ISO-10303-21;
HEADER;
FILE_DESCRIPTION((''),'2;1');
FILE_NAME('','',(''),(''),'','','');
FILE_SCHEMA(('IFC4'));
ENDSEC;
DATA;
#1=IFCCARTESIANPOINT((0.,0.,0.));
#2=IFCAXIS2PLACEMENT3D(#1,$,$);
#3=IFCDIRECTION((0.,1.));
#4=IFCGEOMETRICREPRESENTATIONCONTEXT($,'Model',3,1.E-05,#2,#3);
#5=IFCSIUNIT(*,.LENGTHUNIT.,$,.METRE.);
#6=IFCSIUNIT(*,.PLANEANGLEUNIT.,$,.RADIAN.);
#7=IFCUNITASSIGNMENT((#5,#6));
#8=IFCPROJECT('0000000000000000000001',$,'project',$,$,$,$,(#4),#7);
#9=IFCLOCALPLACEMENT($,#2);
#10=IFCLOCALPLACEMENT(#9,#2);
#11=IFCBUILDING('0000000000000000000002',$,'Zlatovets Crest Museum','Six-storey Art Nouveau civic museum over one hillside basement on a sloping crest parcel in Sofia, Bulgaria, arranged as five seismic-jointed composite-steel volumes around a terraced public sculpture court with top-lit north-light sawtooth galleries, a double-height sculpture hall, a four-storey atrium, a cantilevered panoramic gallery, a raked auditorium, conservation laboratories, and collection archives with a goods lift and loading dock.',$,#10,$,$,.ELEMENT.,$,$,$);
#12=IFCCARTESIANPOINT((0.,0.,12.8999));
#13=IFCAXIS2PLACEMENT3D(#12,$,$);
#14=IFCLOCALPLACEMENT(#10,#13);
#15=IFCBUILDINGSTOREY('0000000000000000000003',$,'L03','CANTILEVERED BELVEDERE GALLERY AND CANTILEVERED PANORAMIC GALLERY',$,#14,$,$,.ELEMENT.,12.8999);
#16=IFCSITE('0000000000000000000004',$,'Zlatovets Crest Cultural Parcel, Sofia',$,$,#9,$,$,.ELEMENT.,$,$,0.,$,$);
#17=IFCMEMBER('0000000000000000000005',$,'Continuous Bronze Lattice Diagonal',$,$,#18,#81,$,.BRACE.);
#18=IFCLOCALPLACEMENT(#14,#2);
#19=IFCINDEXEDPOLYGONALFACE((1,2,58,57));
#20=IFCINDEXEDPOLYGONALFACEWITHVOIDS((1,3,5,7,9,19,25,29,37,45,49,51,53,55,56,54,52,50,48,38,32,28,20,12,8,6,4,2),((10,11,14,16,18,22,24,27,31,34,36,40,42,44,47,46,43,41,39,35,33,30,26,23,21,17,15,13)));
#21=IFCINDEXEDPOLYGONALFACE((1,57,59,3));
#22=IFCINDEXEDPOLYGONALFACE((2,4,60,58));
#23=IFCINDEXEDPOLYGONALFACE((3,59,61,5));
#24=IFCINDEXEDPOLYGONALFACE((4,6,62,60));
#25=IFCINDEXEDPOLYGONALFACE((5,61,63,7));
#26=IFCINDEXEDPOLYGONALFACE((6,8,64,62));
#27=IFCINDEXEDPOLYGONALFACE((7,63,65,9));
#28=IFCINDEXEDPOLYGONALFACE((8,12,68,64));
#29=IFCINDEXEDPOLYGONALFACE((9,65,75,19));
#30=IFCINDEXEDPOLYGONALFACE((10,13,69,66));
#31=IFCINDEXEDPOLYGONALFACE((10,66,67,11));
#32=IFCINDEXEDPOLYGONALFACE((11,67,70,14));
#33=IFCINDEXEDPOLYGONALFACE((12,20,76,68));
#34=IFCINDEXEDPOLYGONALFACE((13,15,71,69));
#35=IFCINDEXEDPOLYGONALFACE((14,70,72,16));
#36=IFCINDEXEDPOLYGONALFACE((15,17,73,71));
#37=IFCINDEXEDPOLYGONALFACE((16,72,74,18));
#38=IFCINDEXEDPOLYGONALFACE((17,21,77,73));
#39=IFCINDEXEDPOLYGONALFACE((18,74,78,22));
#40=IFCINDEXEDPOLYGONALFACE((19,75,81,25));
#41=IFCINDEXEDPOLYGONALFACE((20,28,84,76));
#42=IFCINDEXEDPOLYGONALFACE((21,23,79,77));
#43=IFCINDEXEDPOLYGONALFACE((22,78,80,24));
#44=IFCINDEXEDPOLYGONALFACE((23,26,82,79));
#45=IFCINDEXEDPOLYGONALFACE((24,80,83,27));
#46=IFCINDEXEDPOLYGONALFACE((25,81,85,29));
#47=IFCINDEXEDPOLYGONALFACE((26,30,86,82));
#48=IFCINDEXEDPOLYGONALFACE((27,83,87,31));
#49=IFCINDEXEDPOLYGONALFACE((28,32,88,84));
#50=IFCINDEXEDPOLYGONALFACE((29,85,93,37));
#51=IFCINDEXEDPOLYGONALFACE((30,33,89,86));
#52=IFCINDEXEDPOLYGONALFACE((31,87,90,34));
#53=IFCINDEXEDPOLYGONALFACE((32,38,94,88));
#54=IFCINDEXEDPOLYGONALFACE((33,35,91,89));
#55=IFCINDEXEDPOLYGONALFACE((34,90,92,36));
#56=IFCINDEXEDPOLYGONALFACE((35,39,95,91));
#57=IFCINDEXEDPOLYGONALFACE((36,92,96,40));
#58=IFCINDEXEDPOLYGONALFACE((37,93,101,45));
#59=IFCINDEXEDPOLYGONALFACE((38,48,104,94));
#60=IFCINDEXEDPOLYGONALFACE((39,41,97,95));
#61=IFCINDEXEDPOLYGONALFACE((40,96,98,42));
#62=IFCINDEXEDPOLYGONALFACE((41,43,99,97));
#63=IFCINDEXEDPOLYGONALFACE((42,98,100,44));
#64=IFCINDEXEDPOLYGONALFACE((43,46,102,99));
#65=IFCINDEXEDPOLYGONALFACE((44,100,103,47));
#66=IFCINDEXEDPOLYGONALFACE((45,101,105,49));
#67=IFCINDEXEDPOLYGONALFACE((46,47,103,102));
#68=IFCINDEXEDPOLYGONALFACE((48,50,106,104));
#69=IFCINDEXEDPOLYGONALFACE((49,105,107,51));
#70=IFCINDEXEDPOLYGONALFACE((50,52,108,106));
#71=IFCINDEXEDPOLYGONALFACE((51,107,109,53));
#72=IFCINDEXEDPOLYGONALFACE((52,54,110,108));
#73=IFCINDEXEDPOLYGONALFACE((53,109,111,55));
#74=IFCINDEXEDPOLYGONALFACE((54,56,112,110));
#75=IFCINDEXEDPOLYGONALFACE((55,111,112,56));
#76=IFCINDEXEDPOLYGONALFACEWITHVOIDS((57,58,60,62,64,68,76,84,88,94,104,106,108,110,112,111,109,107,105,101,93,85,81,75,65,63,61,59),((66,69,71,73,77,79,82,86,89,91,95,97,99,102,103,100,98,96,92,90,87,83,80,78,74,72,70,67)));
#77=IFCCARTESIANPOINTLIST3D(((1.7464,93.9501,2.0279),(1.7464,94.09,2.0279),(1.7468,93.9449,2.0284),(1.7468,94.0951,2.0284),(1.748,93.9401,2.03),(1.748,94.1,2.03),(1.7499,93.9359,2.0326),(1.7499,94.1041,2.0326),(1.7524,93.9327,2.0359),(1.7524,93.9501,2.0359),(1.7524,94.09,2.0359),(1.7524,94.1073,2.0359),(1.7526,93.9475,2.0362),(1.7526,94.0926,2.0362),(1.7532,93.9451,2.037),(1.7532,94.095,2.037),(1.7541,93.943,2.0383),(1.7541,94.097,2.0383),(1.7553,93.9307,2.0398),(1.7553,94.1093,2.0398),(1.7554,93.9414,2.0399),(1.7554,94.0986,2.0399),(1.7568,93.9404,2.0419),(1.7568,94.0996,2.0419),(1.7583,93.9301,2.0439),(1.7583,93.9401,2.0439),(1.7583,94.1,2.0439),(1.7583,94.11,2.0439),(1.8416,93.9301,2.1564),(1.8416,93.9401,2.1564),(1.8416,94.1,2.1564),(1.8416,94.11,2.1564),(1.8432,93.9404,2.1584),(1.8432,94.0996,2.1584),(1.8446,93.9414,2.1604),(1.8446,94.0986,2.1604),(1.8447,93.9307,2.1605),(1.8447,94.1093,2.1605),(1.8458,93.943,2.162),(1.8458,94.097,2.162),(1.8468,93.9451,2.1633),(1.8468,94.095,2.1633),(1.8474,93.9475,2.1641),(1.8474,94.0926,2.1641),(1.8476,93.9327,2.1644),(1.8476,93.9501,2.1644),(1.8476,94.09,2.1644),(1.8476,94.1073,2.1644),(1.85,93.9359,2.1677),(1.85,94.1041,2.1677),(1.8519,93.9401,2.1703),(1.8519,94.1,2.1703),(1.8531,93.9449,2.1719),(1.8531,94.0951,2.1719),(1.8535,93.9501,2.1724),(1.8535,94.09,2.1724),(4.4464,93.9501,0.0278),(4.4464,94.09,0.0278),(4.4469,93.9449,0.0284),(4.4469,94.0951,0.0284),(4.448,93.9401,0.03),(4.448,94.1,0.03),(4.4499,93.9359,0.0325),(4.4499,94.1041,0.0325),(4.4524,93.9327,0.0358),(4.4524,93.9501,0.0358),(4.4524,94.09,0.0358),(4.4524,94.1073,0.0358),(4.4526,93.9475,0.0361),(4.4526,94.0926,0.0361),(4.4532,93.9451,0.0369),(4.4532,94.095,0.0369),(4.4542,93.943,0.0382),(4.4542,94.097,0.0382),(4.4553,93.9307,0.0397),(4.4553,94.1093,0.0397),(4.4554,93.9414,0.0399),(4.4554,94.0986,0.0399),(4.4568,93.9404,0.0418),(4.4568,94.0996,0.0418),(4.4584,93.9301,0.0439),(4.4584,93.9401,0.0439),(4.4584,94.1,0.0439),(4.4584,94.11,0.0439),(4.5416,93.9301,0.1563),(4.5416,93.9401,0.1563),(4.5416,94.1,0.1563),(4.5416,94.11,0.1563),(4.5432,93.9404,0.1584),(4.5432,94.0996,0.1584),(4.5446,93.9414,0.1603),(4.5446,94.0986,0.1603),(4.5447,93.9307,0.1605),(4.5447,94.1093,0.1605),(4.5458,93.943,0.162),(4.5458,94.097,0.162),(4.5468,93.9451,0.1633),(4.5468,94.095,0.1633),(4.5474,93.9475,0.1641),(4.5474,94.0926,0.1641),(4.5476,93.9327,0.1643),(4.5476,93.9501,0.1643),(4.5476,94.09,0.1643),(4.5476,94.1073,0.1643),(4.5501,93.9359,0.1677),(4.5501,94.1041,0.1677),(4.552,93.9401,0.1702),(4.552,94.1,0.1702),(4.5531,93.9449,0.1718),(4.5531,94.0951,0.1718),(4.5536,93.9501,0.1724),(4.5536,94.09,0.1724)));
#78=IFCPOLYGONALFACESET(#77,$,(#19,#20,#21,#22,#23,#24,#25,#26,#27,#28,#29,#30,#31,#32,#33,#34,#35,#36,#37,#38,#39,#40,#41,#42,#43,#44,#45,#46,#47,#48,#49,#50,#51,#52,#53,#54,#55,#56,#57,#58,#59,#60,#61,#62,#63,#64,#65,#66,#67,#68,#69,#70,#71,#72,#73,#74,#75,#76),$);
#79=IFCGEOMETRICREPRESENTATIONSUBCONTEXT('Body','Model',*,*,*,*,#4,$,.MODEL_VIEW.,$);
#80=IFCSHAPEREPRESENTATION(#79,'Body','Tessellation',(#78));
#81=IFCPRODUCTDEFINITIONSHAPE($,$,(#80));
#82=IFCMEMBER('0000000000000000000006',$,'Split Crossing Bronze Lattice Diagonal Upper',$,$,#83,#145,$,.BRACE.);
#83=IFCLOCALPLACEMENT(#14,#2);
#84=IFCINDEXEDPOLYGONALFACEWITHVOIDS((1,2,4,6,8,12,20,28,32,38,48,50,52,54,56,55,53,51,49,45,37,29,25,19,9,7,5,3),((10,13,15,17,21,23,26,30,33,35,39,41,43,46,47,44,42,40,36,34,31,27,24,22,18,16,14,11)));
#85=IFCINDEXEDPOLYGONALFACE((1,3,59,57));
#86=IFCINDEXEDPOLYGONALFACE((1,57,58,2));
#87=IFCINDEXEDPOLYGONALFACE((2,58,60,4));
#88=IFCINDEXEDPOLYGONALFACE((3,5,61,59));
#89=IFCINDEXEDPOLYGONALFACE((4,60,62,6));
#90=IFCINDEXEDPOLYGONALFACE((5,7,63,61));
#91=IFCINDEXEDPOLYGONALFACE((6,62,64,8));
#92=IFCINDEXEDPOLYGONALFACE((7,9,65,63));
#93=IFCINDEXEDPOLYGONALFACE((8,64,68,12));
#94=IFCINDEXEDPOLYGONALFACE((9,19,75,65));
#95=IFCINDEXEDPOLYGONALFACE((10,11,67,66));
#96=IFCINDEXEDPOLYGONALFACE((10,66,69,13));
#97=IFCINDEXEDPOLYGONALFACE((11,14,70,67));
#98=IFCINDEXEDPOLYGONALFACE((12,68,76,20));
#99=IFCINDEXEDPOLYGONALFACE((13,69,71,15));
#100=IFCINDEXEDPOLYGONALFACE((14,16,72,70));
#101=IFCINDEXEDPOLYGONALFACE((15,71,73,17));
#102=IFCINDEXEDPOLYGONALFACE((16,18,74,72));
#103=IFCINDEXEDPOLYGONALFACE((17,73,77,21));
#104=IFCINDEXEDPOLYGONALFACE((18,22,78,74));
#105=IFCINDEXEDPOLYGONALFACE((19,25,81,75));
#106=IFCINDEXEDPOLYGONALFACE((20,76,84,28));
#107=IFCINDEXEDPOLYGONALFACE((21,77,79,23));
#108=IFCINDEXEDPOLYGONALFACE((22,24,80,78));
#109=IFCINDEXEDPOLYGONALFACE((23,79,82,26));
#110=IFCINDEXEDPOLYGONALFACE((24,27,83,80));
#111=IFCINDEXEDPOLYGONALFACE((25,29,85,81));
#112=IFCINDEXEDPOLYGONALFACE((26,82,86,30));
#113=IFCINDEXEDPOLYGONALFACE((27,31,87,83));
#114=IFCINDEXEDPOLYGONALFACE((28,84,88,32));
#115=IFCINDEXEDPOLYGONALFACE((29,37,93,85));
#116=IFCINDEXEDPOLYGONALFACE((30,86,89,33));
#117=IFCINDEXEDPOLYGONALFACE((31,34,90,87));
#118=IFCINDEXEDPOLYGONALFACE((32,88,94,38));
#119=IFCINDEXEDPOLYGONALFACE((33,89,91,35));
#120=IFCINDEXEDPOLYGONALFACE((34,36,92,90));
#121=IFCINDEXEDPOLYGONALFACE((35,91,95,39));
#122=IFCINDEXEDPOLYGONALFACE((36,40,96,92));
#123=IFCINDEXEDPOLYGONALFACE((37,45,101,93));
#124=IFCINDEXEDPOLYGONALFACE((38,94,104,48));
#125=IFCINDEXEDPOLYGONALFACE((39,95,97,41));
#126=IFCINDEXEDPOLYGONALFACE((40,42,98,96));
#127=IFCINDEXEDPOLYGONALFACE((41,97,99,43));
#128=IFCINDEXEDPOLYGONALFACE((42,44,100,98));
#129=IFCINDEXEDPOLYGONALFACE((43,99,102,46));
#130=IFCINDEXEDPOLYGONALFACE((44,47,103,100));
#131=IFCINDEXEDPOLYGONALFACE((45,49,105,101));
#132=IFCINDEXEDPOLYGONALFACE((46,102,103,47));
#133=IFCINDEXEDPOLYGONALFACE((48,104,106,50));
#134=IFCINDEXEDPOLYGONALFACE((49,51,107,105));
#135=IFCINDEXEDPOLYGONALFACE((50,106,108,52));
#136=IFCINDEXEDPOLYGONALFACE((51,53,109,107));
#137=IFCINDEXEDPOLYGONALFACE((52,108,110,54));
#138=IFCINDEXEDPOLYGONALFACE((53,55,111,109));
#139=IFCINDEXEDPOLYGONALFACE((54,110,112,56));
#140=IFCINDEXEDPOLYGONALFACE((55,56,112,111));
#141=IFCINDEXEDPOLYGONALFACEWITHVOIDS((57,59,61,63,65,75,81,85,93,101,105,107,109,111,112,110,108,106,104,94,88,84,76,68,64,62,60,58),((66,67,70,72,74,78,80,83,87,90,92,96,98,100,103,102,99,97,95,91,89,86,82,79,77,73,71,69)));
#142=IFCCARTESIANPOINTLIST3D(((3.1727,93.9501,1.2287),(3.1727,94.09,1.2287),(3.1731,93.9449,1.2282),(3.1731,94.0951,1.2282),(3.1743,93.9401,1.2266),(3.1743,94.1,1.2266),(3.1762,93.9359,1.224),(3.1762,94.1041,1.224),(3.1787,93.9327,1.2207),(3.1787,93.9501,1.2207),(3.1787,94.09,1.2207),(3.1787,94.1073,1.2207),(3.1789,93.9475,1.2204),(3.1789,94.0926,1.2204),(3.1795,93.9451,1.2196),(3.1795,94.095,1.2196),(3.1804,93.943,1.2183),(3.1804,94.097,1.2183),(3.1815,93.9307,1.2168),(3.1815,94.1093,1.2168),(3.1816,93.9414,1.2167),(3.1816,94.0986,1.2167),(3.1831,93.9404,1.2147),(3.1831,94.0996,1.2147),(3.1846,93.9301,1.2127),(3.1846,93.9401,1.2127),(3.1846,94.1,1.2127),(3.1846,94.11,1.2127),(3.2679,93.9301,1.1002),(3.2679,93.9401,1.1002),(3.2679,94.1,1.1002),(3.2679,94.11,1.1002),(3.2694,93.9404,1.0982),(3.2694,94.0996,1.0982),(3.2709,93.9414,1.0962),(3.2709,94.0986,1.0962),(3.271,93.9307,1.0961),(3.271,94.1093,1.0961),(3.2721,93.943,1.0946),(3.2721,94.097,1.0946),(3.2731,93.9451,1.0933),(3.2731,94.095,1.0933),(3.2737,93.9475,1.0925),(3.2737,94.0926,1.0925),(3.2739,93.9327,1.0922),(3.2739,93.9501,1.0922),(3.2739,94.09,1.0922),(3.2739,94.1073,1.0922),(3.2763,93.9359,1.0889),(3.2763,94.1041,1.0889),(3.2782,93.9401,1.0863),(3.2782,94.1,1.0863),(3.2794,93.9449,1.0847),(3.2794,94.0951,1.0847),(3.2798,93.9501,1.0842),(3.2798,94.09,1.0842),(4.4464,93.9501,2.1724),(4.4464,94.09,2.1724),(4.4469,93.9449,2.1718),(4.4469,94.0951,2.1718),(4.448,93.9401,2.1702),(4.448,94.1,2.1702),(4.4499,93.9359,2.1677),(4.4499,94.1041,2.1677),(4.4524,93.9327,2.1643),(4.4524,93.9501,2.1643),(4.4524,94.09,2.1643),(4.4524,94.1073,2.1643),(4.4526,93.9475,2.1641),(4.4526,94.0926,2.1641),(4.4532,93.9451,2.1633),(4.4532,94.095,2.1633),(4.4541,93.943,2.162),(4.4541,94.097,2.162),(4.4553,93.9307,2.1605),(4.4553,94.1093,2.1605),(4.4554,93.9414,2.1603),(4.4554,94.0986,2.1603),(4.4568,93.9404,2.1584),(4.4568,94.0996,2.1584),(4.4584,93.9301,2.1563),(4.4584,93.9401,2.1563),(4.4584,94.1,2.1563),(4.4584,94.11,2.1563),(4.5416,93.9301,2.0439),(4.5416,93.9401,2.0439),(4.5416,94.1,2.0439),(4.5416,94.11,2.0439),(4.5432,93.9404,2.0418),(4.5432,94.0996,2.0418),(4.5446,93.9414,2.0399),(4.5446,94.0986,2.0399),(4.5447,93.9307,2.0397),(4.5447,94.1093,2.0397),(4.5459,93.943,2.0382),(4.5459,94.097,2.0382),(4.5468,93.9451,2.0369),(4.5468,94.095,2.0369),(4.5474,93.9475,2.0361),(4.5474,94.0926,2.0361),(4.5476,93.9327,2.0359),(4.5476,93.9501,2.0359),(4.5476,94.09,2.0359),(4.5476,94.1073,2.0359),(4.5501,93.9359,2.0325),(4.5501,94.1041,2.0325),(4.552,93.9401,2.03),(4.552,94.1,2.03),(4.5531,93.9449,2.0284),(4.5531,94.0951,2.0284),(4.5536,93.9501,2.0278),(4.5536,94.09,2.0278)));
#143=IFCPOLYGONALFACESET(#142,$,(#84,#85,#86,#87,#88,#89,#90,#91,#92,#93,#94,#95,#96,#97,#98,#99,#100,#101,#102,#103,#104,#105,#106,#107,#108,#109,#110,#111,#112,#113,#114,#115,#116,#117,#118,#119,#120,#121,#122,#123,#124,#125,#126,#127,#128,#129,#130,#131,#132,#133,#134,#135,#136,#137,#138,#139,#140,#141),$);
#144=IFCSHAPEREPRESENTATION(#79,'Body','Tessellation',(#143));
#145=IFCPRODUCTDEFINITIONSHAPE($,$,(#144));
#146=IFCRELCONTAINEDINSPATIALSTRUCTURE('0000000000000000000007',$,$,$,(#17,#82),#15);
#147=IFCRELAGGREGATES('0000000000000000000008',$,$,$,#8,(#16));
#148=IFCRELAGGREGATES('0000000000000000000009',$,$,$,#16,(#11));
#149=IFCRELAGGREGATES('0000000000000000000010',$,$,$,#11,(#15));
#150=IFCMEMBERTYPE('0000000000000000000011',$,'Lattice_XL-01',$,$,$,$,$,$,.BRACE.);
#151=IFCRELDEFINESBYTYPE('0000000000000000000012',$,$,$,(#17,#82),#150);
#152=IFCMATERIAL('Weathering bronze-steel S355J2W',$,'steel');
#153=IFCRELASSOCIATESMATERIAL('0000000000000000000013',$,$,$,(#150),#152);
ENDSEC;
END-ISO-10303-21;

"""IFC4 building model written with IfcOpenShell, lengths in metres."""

from ifc_helpers import new_model, si_unit, direction, frame, origin, origin_2d, place, context, subcontext, project, spatial, hollow_rectangle, extrude, material, material_profile, profile_set, type_object, element, save


model = new_model("IFC4")

# Units and contexts
model_context = context("Model", 3, precision=1e-05, world=origin(), true_north=direction((0.0, 1.0)))
body_context = subcontext(model_context, "Body", "Model", "MODEL_VIEW")
ifc_project = project(units=[si_unit("LENGTHUNIT", "METRE"), si_unit("PLANEANGLEUNIT", "RADIAN")], contexts=[model_context])

# Site, building, storey
site_placement = place(None, origin())
site = spatial("IfcSite", under=ifc_project, at=site_placement, Name="Zlatovets Crest Cultural Parcel, Sofia", CompositionType="ELEMENT", RefElevation=0.0)
building_placement = place(site_placement, origin())
building = spatial("IfcBuilding", under=site, at=building_placement, Name="Zlatovets Crest Museum", Description="Six-storey Art Nouveau civic museum over one hillside basement on a sloping crest parcel in Sofia, Bulgaria, arranged as five seismic-jointed composite-steel volumes around a terraced public sculpture court with top-lit north-light sawtooth galleries, a double-height sculpture hall, a four-storey atrium, a cantilevered panoramic gallery, a raked auditorium, conservation laboratories, and collection archives with a goods lift and loading dock.", CompositionType="ELEMENT")
storey_placement = place(building_placement, frame((0.0, 0.0, 12.8999)))
storey = spatial("IfcBuildingStorey", under=building, at=storey_placement, Name="L03", Description="CANTILEVERED BELVEDERE GALLERY AND CANTILEVERED PANORAMIC GALLERY", CompositionType="ELEMENT", Elevation=12.8999)

# Members
ifc_material_1 = material(Name="Weathering bronze-steel S355J2W", Category="steel")
ifc_material_profile_1 = material_profile(ifc_material_1, hollow_rectangle(XDim=0.1799, YDim=0.1799, WallThickness=0.01, InnerFilletRadius=0.01, OuterFilletRadius=0.02, at=origin_2d()), Name="SHS 180x180x10.0")
ifc_profile_set_1 = profile_set([ifc_material_profile_1], Name="Weathering bronze-steel S355J2W")
member_type_1 = type_object("IfcMemberType", Name="Lattice_XL-01", PredefinedType="BRACE", material=ifc_profile_set_1)
member_1_placement = place(storey_placement, frame((4.5, 94.02, 0.1001), z_axis=(-0.803552, 0.0, 0.595235), x_axis=(0.0, -1.0, 0.0)))
element("IfcMember", 1, at=member_1_placement, inside=storey, type_object=member_type_1, Name="Continuous Bronze Lattice Diagonal", PredefinedType="BRACE", context=body_context, shape_type="SweptSolid", body=[
    extrude(hollow_rectangle(XDim=0.1799, YDim=0.1799, WallThickness=0.01, InnerFilletRadius=0.01, OuterFilletRadius=0.02, at=origin_2d()), origin(), (0.0, 0.0, 1.0), 3.3601),
])
for number, where, z_axis, x_axis, name in (
    (2, (4.5, 94.02, 2.1001), (-0.803516, 0.0, -0.595283), (0.0, -1.0, 0.0), "Split Crossing Bronze Lattice Diagonal Upper"),
):
    element("IfcMember", number, at=place(storey_placement, frame(where, z_axis=z_axis, x_axis=x_axis)), inside=storey, type_object=member_type_1, Name=name, PredefinedType="BRACE", context=body_context, shape_type="SweptSolid", body=[
        extrude(hollow_rectangle(XDim=0.1799, YDim=0.1799, WallThickness=0.01, InnerFilletRadius=0.01, OuterFilletRadius=0.02, at=origin_2d()), origin(), (0.0, 0.0, 1.0), 1.5852),
    ])

save(model, "model.ifc")
